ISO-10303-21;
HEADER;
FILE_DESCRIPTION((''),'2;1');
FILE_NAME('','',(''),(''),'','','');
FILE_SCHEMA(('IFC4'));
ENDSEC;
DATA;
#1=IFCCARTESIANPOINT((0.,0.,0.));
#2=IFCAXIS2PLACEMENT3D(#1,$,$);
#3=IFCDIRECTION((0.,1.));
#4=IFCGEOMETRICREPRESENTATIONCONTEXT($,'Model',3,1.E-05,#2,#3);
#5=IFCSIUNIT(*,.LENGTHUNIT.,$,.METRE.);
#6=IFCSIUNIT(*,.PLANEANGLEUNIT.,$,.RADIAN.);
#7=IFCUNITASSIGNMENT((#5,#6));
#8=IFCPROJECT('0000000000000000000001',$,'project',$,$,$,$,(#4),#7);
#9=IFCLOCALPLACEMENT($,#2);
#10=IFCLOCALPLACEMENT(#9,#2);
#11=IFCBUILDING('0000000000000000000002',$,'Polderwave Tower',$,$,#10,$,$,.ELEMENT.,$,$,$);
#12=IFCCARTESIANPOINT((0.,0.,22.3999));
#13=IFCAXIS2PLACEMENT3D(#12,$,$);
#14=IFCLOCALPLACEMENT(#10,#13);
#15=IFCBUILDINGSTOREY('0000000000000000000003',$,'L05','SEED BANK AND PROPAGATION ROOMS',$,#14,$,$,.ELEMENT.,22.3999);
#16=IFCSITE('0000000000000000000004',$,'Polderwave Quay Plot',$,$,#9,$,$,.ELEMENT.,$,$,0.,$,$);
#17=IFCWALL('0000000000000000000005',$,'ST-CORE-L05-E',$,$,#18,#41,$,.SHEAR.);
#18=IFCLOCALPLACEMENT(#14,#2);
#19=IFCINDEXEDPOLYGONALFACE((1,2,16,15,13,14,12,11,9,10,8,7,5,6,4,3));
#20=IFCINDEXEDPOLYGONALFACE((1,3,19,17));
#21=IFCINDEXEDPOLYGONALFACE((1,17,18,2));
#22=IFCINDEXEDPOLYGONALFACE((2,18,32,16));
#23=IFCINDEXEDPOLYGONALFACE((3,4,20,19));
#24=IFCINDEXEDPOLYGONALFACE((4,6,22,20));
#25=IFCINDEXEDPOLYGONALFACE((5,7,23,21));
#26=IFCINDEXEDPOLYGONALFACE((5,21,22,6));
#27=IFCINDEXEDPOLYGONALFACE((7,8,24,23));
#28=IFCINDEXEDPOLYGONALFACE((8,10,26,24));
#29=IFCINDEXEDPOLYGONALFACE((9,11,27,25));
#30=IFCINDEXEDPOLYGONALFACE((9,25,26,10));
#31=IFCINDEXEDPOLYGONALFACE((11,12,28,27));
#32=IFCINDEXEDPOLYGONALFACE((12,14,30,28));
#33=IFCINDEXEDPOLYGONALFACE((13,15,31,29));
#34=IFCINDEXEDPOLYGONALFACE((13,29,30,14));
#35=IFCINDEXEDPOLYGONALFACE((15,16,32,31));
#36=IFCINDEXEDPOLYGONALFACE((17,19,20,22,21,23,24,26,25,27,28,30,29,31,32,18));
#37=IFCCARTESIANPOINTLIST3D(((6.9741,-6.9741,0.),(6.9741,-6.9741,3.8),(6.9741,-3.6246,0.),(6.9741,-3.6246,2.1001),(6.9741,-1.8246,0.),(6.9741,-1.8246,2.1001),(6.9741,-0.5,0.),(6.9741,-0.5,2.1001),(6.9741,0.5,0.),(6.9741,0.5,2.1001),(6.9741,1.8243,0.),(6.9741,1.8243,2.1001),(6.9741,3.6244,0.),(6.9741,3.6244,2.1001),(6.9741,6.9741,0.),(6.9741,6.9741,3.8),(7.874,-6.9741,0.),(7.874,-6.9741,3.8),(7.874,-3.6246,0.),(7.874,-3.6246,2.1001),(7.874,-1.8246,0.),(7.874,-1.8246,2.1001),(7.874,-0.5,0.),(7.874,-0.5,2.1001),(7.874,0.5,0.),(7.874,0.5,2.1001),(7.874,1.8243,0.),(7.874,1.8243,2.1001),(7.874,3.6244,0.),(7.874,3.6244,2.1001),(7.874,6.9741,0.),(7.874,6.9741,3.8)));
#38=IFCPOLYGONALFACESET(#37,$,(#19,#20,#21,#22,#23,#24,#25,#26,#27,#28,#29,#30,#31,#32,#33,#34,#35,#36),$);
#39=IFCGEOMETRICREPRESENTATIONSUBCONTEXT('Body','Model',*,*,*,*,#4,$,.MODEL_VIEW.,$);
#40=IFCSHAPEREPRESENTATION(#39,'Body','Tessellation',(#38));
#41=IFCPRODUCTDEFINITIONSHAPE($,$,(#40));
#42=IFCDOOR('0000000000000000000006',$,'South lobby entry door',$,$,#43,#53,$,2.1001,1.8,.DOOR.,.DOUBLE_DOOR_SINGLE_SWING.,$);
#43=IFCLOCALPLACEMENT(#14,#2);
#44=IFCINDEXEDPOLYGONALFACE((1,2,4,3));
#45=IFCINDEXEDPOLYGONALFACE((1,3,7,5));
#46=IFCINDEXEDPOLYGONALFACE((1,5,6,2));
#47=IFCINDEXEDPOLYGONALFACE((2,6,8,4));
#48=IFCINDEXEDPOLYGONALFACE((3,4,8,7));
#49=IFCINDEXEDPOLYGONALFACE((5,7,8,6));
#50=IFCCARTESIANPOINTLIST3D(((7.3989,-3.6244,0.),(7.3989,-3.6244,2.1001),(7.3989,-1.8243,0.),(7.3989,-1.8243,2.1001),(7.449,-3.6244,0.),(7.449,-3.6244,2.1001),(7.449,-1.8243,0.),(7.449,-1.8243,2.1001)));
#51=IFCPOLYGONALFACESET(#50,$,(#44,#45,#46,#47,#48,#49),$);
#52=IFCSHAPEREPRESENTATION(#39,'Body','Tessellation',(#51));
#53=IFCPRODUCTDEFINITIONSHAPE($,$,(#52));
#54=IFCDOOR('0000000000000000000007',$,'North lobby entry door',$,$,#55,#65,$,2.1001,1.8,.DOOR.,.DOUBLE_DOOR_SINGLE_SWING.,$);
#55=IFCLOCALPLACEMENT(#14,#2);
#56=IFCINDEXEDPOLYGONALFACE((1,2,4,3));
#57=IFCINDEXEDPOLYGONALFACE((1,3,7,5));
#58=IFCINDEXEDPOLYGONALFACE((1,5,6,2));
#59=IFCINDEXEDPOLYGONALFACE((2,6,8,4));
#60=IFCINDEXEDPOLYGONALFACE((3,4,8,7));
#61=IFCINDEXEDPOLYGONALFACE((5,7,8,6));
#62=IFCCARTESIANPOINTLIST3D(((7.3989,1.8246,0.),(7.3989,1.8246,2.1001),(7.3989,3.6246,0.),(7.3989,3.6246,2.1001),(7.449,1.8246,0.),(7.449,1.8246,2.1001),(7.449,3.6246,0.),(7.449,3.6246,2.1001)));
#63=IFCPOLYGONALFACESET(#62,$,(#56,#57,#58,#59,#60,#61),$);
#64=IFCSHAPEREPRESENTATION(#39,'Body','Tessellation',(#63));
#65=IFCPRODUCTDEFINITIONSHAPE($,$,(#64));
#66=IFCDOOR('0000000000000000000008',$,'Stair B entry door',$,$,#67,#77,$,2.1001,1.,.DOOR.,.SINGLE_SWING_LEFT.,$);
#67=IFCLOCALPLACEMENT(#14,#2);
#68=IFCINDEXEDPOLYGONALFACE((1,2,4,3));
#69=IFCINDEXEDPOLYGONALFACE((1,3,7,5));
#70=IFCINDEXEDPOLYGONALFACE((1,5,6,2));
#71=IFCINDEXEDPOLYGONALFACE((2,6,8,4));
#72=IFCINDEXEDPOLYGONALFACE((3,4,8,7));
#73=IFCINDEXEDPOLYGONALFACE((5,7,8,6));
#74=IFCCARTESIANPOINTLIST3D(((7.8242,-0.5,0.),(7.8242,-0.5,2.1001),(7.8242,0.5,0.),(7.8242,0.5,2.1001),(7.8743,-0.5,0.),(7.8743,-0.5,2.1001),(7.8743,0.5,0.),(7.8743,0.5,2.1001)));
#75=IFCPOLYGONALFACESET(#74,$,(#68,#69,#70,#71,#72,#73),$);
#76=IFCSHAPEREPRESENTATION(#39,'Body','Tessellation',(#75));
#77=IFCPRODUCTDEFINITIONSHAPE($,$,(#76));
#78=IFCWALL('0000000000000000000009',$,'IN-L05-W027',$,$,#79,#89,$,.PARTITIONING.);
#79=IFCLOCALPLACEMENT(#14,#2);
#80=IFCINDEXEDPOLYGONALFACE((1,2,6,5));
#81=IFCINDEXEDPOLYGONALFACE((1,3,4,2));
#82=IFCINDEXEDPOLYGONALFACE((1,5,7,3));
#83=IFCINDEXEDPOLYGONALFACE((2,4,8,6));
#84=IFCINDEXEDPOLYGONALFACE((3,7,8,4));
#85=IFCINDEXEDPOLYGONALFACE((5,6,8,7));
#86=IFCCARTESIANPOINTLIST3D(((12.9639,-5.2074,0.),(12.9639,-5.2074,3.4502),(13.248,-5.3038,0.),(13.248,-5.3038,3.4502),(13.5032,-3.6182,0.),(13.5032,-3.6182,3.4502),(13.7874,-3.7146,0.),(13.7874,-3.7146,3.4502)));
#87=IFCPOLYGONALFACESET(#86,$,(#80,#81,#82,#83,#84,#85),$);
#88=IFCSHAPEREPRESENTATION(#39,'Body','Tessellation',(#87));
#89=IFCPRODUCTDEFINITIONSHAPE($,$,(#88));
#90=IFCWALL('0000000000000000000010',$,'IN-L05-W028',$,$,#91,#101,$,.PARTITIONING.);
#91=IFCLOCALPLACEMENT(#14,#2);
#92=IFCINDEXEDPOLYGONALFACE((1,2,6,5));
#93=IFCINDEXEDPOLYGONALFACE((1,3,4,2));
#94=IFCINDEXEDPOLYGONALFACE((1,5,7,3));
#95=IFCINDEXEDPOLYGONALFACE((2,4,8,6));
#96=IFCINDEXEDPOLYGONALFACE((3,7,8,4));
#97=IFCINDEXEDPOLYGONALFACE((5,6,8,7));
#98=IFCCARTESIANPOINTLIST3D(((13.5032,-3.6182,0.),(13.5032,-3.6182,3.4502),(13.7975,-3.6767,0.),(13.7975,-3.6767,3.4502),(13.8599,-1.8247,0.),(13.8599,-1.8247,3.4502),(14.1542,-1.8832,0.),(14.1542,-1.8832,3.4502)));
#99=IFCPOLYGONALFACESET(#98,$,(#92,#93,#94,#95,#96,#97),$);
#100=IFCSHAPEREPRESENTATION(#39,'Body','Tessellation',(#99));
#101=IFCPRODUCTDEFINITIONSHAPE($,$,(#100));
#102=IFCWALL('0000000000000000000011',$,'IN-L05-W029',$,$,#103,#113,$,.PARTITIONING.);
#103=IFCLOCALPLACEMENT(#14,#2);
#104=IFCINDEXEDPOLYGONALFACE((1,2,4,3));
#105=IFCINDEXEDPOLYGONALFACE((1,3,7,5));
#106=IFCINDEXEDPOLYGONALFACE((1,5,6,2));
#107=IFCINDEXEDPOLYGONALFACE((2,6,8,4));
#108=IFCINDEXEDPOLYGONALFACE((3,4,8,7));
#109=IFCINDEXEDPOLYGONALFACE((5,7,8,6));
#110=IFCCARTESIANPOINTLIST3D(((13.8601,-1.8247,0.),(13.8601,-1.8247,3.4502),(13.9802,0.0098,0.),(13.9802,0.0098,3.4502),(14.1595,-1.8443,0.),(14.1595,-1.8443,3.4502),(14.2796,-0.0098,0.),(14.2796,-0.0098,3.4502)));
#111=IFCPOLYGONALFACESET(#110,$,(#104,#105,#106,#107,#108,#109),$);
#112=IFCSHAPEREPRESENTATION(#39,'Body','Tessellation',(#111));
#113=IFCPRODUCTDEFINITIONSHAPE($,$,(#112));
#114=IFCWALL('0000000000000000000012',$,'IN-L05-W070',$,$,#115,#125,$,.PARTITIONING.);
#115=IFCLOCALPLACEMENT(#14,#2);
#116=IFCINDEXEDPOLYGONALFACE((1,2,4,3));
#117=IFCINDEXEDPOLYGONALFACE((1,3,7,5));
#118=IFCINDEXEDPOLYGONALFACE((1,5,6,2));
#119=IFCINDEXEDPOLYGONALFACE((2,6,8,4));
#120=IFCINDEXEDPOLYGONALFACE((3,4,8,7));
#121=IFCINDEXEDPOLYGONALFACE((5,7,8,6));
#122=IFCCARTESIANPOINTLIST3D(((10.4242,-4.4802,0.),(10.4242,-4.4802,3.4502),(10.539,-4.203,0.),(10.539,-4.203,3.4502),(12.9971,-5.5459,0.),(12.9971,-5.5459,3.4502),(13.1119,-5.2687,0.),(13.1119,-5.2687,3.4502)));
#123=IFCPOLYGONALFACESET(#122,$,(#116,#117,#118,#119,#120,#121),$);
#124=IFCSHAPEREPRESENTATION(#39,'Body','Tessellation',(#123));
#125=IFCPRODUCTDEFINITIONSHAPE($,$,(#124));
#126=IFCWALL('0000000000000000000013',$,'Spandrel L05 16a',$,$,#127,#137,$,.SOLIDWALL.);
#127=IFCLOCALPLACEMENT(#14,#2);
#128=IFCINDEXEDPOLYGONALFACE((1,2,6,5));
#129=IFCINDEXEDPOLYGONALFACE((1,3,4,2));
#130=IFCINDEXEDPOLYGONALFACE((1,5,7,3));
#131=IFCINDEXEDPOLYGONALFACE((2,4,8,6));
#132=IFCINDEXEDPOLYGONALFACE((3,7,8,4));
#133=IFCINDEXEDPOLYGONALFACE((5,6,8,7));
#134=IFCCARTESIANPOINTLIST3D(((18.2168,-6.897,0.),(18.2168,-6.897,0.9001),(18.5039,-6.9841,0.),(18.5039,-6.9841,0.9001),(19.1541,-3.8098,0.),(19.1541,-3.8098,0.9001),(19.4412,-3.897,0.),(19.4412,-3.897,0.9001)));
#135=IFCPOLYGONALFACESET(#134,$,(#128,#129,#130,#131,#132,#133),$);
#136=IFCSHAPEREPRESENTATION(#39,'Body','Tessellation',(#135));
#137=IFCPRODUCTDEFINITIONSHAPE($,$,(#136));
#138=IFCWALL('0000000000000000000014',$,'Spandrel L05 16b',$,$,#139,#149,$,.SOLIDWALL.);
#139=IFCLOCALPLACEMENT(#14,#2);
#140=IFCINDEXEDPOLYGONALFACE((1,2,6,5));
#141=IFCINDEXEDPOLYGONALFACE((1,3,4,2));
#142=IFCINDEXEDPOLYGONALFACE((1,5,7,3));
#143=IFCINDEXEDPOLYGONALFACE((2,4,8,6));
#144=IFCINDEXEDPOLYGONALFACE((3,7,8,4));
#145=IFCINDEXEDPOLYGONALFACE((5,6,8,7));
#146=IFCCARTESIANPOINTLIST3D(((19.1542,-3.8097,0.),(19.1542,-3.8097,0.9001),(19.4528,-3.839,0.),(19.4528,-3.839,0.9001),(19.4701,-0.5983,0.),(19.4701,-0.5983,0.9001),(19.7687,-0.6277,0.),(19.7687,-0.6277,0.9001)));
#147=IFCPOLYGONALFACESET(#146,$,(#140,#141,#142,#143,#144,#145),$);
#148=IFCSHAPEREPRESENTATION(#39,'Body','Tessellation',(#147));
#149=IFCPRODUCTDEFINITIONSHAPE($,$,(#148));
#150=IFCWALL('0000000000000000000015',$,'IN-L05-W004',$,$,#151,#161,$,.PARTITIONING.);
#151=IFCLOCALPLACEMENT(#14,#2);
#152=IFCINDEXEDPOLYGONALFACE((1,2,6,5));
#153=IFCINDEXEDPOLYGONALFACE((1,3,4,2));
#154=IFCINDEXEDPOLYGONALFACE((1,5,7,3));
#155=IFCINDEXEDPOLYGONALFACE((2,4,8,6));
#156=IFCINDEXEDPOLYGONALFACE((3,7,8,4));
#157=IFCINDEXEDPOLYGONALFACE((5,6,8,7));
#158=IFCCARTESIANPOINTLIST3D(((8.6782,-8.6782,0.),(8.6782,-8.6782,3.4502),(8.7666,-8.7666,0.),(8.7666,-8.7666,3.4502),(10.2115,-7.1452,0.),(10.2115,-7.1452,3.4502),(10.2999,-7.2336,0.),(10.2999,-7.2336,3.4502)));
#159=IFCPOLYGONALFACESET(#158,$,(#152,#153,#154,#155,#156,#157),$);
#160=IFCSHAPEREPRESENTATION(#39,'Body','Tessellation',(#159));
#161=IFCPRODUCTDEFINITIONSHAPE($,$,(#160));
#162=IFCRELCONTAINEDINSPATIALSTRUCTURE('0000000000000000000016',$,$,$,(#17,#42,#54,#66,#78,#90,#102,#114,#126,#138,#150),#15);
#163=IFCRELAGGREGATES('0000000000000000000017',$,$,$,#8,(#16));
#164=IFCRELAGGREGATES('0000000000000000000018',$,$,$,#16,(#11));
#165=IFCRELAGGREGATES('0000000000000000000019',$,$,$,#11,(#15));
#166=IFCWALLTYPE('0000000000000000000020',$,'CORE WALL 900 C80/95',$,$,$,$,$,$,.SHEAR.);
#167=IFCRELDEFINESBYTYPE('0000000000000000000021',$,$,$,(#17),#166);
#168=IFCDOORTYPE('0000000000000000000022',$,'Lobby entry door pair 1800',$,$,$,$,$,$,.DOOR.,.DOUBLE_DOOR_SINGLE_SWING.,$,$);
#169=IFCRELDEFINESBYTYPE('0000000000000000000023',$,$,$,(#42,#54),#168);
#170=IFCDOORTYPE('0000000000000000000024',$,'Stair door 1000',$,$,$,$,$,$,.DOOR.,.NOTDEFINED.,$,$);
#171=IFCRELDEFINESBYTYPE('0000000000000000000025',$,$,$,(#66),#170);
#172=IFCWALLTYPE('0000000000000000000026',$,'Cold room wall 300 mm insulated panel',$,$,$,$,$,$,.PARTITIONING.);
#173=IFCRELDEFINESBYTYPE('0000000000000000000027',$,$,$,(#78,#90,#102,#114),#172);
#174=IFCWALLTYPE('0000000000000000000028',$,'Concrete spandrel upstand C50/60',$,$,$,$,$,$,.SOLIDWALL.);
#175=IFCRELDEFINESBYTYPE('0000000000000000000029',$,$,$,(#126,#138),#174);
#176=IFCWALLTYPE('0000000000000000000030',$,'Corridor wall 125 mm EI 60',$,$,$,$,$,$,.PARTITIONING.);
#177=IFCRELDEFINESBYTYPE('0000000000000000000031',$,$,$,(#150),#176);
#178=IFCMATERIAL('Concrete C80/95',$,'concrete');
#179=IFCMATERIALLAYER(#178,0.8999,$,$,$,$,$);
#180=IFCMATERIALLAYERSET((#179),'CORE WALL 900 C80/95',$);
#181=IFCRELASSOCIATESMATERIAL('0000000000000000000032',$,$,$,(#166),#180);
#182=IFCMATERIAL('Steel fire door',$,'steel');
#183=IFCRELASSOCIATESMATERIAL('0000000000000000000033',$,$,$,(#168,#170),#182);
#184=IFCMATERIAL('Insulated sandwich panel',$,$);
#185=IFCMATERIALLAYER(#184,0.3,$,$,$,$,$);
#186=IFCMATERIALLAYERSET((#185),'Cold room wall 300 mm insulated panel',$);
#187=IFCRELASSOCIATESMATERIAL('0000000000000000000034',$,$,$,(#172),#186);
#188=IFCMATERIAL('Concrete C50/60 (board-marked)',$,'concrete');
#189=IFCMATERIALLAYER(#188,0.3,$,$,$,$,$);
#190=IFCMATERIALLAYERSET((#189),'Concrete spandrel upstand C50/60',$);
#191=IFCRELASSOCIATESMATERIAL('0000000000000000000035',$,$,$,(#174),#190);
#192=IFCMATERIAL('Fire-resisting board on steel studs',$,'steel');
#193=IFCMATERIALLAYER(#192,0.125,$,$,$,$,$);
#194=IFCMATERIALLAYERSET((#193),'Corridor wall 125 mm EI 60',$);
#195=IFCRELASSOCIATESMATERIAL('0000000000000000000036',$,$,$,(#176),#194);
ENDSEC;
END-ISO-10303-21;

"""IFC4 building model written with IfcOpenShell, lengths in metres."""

from ifc_helpers import new_model, si_unit, direction, frame, frame_2d, origin, place, context, subcontext, project, spatial, rectangle, extrude, material, layer, layer_set, type_object, element, fill, save


model = new_model("IFC4")

# Units and contexts
model_context = context("Model", 3, precision=1e-05, world=origin(), true_north=direction((0.0, 1.0)))
body_context = subcontext(model_context, "Body", "Model", "MODEL_VIEW")
ifc_project = project(units=[si_unit("LENGTHUNIT", "METRE"), si_unit("PLANEANGLEUNIT", "RADIAN")], contexts=[model_context])

# Site, building, storey
site_placement = place(None, origin())
site = spatial("IfcSite", under=ifc_project, at=site_placement, Name="Polderwave Quay Plot", CompositionType="ELEMENT", RefElevation=0.0)
building_placement = place(site_placement, origin())
building = spatial("IfcBuilding", under=site, at=building_placement, Name="Polderwave Tower", CompositionType="ELEMENT")
storey_placement = place(building_placement, frame((0.0, 0.0, 22.3999)))
storey = spatial("IfcBuildingStorey", under=building, at=storey_placement, Name="L05", Description="SEED BANK AND PROPAGATION ROOMS", CompositionType="ELEMENT", Elevation=22.3999)

# Wall, openings, doors
ifc_material_1 = material(Name="Concrete C80/95", Category="concrete")
ifc_layer_1 = layer(ifc_material_1, 0.8999)
ifc_layer_set_1 = layer_set([ifc_layer_1], Name="CORE WALL 900 C80/95")
wall_type_1 = type_object("IfcWallType", Name="CORE WALL 900 C80/95", PredefinedType="SHEAR", material=ifc_layer_set_1)
wall_1_placement = place(storey_placement, frame((7.4241, -6.9741, 0.0), z_axis=(0.0, 0.0, 1.0), x_axis=(0.0, 1.0, 0.0)))
wall_1 = element("IfcWall", 1, at=wall_1_placement, inside=storey, type_object=wall_type_1, Name="ST-CORE-L05-E", PredefinedType="SHEAR", context=body_context, shape_type="SweptSolid", body=[
    extrude(rectangle(XDim=13.9482, YDim=0.8999, at=frame_2d((6.9741, 0.0))), origin(), (0.0, 0.0, 1.0), 3.8),
])
opening_1_placement = place(wall_1_placement, frame((6.4741, 0.0, 0.0)))
opening_1 = element("IfcOpeningElement", 2, at=opening_1_placement, cuts=wall_1, PredefinedType="OPENING", context=body_context, shape_type="SweptSolid", body=[
    extrude(rectangle(XDim=1.0, YDim=2.1001, at=frame_2d((0.5, 1.05))), frame((0.0, 0.46, 0.0), z_axis=(0.0, -1.0, 0.0), x_axis=(1.0, 0.0, 0.0)), (0.0, 0.0, 1.0), 0.9199),
])
opening_2_placement = place(wall_1_placement, frame((3.3496, 0.0, 0.0)))
opening_2 = element("IfcOpeningElement", 3, at=opening_2_placement, cuts=wall_1, PredefinedType="OPENING", context=body_context, shape_type="SweptSolid", body=[
    extrude(rectangle(XDim=1.8, YDim=2.1001, at=frame_2d((0.8999, 1.05))), frame((0.0, 0.46, 0.0), z_axis=(0.0, -1.0, 0.0), x_axis=(1.0, 0.0, 0.0)), (0.0, 0.0, 1.0), 0.9199),
])
opening_3_placement = place(wall_1_placement, frame((8.7986, 0.0, 0.0)))
opening_3 = element("IfcOpeningElement", 4, at=opening_3_placement, cuts=wall_1, PredefinedType="OPENING", context=body_context, shape_type="SweptSolid", body=[
    extrude(rectangle(XDim=1.8, YDim=2.1001, at=frame_2d((0.8999, 1.05))), frame((0.0, 0.46, 0.0), z_axis=(0.0, -1.0, 0.0), x_axis=(1.0, 0.0, 0.0)), (0.0, 0.0, 1.0), 0.9199),
])
ifc_material_2 = material(Name="Steel fire door", Category="steel")
door_type_1 = type_object("IfcDoorType", Name="Lobby entry door pair 1800", OperationType="DOUBLE_DOOR_SINGLE_SWING", PredefinedType="DOOR", material=ifc_material_2)
door_1_placement = place(opening_2_placement, frame((1.8, 0.0, 0.0), z_axis=(0.0, 0.0, 1.0), x_axis=(-1.0, 0.0, 0.0)))
door_1 = element("IfcDoor", 5, at=door_1_placement, inside=storey, type_object=door_type_1, Name="South lobby entry door", OperationType="DOUBLE_DOOR_SINGLE_SWING", OverallHeight=2.1001, OverallWidth=1.8, PredefinedType="DOOR", context=body_context, shape_type="SweptSolid", body=[
    extrude(rectangle(XDim=1.8, YDim=2.1001, at=frame_2d((0.8999, 1.05))), frame((0.0, 0.0249, 0.0), z_axis=(0.0, -1.0, 0.0), x_axis=(1.0, 0.0, 0.0)), (0.0, 0.0, 1.0), 0.05),
])
fill(opening_2, door_1)
door_2_placement = place(opening_3_placement, frame((1.8, 0.0, 0.0), z_axis=(0.0, 0.0, 1.0), x_axis=(-1.0, 0.0, 0.0)))
door_2 = element("IfcDoor", 6, at=door_2_placement, inside=storey, type_object=door_type_1, Name="North lobby entry door", OperationType="DOUBLE_DOOR_SINGLE_SWING", OverallHeight=2.1001, OverallWidth=1.8, PredefinedType="DOOR", context=body_context, shape_type="SweptSolid", body=[
    extrude(rectangle(XDim=1.8, YDim=2.1001, at=frame_2d((0.8999, 1.05))), frame((0.0, 0.0249, 0.0), z_axis=(0.0, -1.0, 0.0), x_axis=(1.0, 0.0, 0.0)), (0.0, 0.0, 1.0), 0.05),
])
fill(opening_3, door_2)
door_type_2 = type_object("IfcDoorType", Name="Stair door 1000", OperationType="NOTDEFINED", PredefinedType="DOOR", material=ifc_material_2)
door_3_placement = place(opening_1_placement, frame((1.0, 0.0, 0.0), z_axis=(0.0, 0.0, 1.0), x_axis=(-1.0, 0.0, 0.0)))
door_3 = element("IfcDoor", 7, at=door_3_placement, inside=storey, type_object=door_type_2, Name="Stair B entry door", OperationType="SINGLE_SWING_LEFT", OverallHeight=2.1001, OverallWidth=1.0, PredefinedType="DOOR", context=body_context, shape_type="SweptSolid", body=[
    extrude(rectangle(XDim=1.0, YDim=2.1001, at=frame_2d((0.5, 1.05))), frame((0.0, 0.4502, 0.0), z_axis=(0.0, -1.0, 0.0), x_axis=(1.0, 0.0, 0.0)), (0.0, 0.0, 1.0), 0.05),
])
fill(opening_1, door_3)

# Walls
ifc_material_3 = material(Name="Insulated sandwich panel")
ifc_layer_2 = layer(ifc_material_3, 0.3)
ifc_layer_set_2 = layer_set([ifc_layer_2], Name="Cold room wall 300 mm insulated panel")
wall_type_2 = type_object("IfcWallType", Name="Cold room wall 300 mm insulated panel", PredefinedType="PARTITIONING", material=ifc_layer_set_2)
wall_2_placement = place(storey_placement, frame((13.106, -5.2556, 0.0), z_axis=(0.0, 0.0, 1.0), x_axis=(0.321373, 0.946953, 0.0)))
element("IfcWall", 8, at=wall_2_placement, inside=storey, type_object=wall_type_2, Name="IN-L05-W027", PredefinedType="PARTITIONING", context=body_context, shape_type="SweptSolid", body=[
    extrude(rectangle(XDim=1.6782, YDim=0.3, at=frame_2d((0.8391, 0.0))), origin(), (0.0, 0.0, 1.0), 3.4502),
])
wall_3_placement = place(storey_placement, frame((13.6504, -3.6475, 0.0), z_axis=(0.0, 0.0, 1.0), x_axis=(0.195063, 0.980791, 0.0)))
element("IfcWall", 9, at=wall_3_placement, inside=storey, type_object=wall_type_2, Name="IN-L05-W028", PredefinedType="PARTITIONING", context=body_context, shape_type="SweptSolid", body=[
    extrude(rectangle(XDim=1.8286, YDim=0.3, at=frame_2d((0.9143, 0.0))), origin(), (0.0, 0.0, 1.0), 3.4502),
])
wall_4_placement = place(storey_placement, frame((14.0098, -1.8345, 0.0), z_axis=(0.0, 0.0, 1.0), x_axis=(0.065338, 0.997863, 0.0)))
element("IfcWall", 10, at=wall_4_placement, inside=storey, type_object=wall_type_2, Name="IN-L05-W029", PredefinedType="PARTITIONING", context=body_context, shape_type="SweptSolid", body=[
    extrude(rectangle(XDim=1.8384, YDim=0.3, at=frame_2d((0.9192, 0.0))), origin(), (0.0, 0.0, 1.0), 3.4502),
])
wall_5_placement = place(storey_placement, frame((10.4814, -4.3416, 0.0), z_axis=(0.0, 0.0, 1.0), x_axis=(0.923892, -0.382654, 0.0)))
element("IfcWall", 11, at=wall_5_placement, inside=storey, type_object=wall_type_2, Name="IN-L05-W070", PredefinedType="PARTITIONING", context=body_context, shape_type="SweptSolid", body=[
    extrude(rectangle(XDim=2.7849, YDim=0.3, at=frame_2d((1.3926, 0.0))), origin(), (0.0, 0.0, 1.0), 3.4502),
])
ifc_material_4 = material(Name="Concrete C50/60 (board-marked)", Category="concrete")
ifc_layer_3 = layer(ifc_material_4, 0.3)
ifc_layer_set_3 = layer_set([ifc_layer_3], Name="Concrete spandrel upstand C50/60")
wall_type_3 = type_object("IfcWallType", Name="Concrete spandrel upstand C50/60", PredefinedType="SOLIDWALL", material=ifc_layer_set_3)
wall_6_placement = place(storey_placement, frame((18.3604, -6.9407, 0.0), z_axis=(0.0, 0.0, 1.0), x_axis=(0.290505, 0.956873, 0.0)))
element("IfcWall", 12, at=wall_6_placement, inside=storey, type_object=wall_type_3, Name="Spandrel L05 16a", PredefinedType="SOLIDWALL", context=body_context, shape_type="SweptSolid", body=[
    extrude(rectangle(XDim=3.2263, YDim=0.3, at=frame_2d((1.6133, 0.0))), origin(), (0.0, 0.0, 1.0), 0.9001),
])
wall_7_placement = place(storey_placement, frame((19.3035, -3.8242, 0.0), z_axis=(0.0, 0.0, 1.0), x_axis=(0.097901, 0.995196, 0.0)))
element("IfcWall", 13, at=wall_7_placement, inside=storey, type_object=wall_type_3, Name="Spandrel L05 16b", PredefinedType="SOLIDWALL", context=body_context, shape_type="SweptSolid", body=[
    extrude(rectangle(XDim=3.2268, YDim=0.3, at=frame_2d((1.6133, 0.0))), origin(), (0.0, 0.0, 1.0), 0.9001),
])
ifc_material_5 = material(Name="Fire-resisting board on steel studs", Category="steel")
ifc_layer_4 = layer(ifc_material_5, 0.125)
ifc_layer_set_4 = layer_set([ifc_layer_4], Name="Corridor wall 125 mm EI 60")
wall_type_4 = type_object("IfcWallType", Name="Corridor wall 125 mm EI 60", PredefinedType="PARTITIONING", material=ifc_layer_set_4)
wall_8_placement = place(storey_placement, frame((10.2556, -7.1895, 0.0), z_axis=(0.0, 0.0, 1.0), x_axis=(-0.707163, -0.70705, 0.0)))
element("IfcWall", 14, at=wall_8_placement, inside=storey, type_object=wall_type_4, Name="IN-L05-W004", PredefinedType="PARTITIONING", context=body_context, shape_type="SweptSolid", body=[
    extrude(rectangle(XDim=2.1682, YDim=0.125, at=frame_2d((1.084, 0.0))), origin(), (0.0, 0.0, 1.0), 3.4502),
])

save(model, "model.ifc")
